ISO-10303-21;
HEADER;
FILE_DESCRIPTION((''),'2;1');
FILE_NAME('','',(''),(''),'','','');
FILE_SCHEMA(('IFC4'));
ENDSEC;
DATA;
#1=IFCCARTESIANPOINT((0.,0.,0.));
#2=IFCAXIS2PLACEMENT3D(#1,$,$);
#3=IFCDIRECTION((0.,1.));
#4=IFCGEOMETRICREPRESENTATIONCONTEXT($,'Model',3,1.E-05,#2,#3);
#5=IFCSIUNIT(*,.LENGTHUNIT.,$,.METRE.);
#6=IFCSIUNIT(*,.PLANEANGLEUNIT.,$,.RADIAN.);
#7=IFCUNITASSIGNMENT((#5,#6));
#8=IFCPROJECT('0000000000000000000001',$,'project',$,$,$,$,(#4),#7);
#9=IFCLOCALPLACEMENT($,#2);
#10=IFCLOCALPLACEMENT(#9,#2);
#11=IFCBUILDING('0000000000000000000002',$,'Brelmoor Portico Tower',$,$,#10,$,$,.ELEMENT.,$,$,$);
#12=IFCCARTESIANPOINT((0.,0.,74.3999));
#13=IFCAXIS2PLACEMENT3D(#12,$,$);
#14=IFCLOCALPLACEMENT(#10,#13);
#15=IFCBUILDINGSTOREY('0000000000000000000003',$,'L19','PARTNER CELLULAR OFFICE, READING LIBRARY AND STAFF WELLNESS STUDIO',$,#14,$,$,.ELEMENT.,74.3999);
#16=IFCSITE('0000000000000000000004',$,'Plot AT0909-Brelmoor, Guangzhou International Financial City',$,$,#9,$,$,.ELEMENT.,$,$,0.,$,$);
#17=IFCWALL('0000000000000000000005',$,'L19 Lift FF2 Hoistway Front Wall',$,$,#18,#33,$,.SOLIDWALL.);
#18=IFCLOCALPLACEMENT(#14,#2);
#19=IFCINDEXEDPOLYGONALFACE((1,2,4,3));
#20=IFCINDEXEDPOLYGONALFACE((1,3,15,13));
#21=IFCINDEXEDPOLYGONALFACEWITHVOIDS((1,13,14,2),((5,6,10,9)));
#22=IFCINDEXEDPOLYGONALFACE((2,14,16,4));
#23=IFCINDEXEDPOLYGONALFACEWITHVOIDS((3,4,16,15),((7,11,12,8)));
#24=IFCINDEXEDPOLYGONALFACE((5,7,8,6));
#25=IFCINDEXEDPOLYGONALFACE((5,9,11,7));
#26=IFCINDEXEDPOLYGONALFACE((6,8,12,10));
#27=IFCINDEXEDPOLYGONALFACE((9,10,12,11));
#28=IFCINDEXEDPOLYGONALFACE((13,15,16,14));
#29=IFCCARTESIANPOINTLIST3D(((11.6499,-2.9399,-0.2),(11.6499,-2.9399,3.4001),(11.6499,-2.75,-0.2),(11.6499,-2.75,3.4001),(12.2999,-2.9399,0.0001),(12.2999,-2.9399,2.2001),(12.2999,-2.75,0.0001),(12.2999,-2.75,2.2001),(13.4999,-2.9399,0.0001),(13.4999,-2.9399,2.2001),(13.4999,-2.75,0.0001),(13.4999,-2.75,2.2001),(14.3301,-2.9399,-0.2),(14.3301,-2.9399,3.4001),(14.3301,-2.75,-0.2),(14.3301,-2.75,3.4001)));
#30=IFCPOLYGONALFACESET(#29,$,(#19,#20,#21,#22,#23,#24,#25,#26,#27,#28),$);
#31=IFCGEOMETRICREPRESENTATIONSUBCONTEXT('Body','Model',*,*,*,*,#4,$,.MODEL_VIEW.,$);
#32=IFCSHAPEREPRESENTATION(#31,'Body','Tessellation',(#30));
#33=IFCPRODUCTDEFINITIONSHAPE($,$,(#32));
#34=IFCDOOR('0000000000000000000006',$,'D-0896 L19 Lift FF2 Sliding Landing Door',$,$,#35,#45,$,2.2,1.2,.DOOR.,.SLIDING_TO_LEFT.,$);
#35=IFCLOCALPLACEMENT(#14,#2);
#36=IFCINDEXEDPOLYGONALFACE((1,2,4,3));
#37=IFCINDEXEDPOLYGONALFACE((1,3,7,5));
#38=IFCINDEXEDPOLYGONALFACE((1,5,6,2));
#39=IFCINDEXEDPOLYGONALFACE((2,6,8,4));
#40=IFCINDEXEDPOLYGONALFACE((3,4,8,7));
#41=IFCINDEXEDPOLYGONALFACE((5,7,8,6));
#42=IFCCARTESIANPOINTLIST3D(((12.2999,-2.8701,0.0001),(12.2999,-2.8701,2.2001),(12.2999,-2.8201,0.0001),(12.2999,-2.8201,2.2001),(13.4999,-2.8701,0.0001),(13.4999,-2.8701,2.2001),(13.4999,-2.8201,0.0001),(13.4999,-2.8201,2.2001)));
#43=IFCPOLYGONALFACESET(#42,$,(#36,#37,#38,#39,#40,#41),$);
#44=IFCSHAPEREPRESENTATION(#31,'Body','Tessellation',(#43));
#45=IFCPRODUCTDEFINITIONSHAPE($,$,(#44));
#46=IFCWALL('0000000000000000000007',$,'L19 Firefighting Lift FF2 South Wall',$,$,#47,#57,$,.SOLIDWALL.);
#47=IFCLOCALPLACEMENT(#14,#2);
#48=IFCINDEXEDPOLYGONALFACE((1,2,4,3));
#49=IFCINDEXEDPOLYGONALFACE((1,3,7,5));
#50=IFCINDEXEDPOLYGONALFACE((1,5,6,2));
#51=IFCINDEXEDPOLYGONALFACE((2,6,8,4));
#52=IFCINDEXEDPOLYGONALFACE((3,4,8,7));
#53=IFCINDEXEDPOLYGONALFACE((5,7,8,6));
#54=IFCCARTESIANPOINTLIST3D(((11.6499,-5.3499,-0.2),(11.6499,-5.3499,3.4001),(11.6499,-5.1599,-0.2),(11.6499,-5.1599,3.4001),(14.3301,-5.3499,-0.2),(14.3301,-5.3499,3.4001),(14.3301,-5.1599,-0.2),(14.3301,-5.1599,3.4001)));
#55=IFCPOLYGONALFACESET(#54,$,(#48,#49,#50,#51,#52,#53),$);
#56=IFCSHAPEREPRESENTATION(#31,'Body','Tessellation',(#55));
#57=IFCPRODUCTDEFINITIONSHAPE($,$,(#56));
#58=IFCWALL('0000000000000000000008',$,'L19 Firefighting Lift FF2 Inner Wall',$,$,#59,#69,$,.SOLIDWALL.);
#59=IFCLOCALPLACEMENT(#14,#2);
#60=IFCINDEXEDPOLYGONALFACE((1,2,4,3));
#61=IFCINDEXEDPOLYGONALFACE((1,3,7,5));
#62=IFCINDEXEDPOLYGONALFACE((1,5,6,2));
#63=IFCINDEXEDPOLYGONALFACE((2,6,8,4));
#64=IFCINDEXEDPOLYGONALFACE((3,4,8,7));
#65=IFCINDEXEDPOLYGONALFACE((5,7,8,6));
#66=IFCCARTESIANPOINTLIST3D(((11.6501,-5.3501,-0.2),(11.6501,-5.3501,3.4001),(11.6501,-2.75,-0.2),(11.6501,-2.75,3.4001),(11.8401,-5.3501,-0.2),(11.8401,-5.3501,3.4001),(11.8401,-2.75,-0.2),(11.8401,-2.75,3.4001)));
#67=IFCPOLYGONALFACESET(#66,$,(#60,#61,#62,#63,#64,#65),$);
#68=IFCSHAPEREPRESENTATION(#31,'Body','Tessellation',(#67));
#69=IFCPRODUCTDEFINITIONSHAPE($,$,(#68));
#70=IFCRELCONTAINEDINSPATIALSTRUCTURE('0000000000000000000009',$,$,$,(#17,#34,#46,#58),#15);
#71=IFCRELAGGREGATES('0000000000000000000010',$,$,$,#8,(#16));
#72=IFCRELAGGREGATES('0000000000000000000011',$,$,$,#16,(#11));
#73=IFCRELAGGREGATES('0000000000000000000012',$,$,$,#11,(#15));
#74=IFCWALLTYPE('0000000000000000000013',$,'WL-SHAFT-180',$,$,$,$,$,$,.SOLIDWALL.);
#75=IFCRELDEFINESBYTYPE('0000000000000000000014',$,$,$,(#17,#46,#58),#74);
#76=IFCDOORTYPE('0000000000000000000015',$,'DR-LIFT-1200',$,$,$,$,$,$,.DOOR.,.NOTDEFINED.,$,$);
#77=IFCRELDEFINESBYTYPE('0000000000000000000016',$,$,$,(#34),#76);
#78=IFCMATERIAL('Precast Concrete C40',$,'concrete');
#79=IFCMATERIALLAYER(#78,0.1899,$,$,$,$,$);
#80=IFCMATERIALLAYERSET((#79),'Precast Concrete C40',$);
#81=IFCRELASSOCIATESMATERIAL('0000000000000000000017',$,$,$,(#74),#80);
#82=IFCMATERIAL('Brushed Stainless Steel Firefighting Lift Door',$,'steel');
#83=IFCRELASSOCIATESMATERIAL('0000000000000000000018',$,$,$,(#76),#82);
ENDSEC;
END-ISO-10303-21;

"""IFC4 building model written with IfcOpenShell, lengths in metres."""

from ifc_helpers import new_model, si_unit, direction, frame, frame_2d, origin, place, context, subcontext, project, spatial, rectangle, extrude, material, layer, layer_set, type_object, element, fill, save


model = new_model("IFC4")

# Units and contexts
model_context = context("Model", 3, precision=1e-05, world=origin(), true_north=direction((0.0, 1.0)))
body_context = subcontext(model_context, "Body", "Model", "MODEL_VIEW")
ifc_project = project(units=[si_unit("LENGTHUNIT", "METRE"), si_unit("PLANEANGLEUNIT", "RADIAN")], contexts=[model_context])

# Site, building, storey
site_placement = place(None, origin())
site = spatial("IfcSite", under=ifc_project, at=site_placement, Name="Plot AT0909-Brelmoor, Guangzhou International Financial City", CompositionType="ELEMENT", RefElevation=0.0)
building_placement = place(site_placement, origin())
building = spatial("IfcBuilding", under=site, at=building_placement, Name="Brelmoor Portico Tower", CompositionType="ELEMENT")
storey_placement = place(building_placement, frame((0.0, 0.0, 74.3999)))
storey = spatial("IfcBuildingStorey", under=building, at=storey_placement, Name="L19", Description="PARTNER CELLULAR OFFICE, READING LIBRARY AND STAFF WELLNESS STUDIO", CompositionType="ELEMENT", Elevation=74.3999)

# Wall, opening, door
ifc_material_1 = material(Name="Precast Concrete C40", Category="concrete")
ifc_layer_1 = layer(ifc_material_1, 0.1899)
ifc_layer_set_1 = layer_set([ifc_layer_1], Name="Precast Concrete C40")
wall_type_1 = type_object("IfcWallType", Name="WL-SHAFT-180", PredefinedType="SOLIDWALL", material=ifc_layer_set_1)
wall_1_placement = place(storey_placement, frame((11.6499, -2.845, -0.2), z_axis=(0.0, 0.0, 1.0), x_axis=(1.0, 0.0, 0.0)))
wall_1 = element("IfcWall", 1, at=wall_1_placement, inside=storey, type_object=wall_type_1, Name="L19 Lift FF2 Hoistway Front Wall", PredefinedType="SOLIDWALL", context=body_context, shape_type="SweptSolid", body=[
    extrude(rectangle(XDim=2.6802, YDim=0.1899, at=frame_2d((1.3401, 0.0))), origin(), (0.0, 0.0, 1.0), 3.6001),
])
opening_1_placement = place(wall_1_placement, frame((0.6499, 0.0, 0.2)))
opening_1 = element("IfcOpeningElement", 2, at=opening_1_placement, cuts=wall_1, PredefinedType="OPENING", context=body_context, shape_type="SweptSolid", body=[
    extrude(rectangle(XDim=1.2, YDim=2.2, at=frame_2d((0.6001, 1.1001))), frame((0.0, 0.105, 0.0), z_axis=(0.0, -1.0, 0.0), x_axis=(1.0, 0.0, 0.0)), (0.0, 0.0, 1.0), 0.21),
])
ifc_material_2 = material(Name="Brushed Stainless Steel Firefighting Lift Door", Category="steel")
door_type_1 = type_object("IfcDoorType", Name="DR-LIFT-1200", OperationType="NOTDEFINED", PredefinedType="DOOR", material=ifc_material_2)
door_1_placement = place(opening_1_placement, origin())
door_1 = element("IfcDoor", 3, at=door_1_placement, inside=storey, type_object=door_type_1, Name="D-0896 L19 Lift FF2 Sliding Landing Door", OperationType="SLIDING_TO_LEFT", OverallHeight=2.2, OverallWidth=1.2, PredefinedType="DOOR", context=body_context, shape_type="SweptSolid", body=[
    extrude(rectangle(XDim=1.2, YDim=2.2, at=frame_2d((0.6001, 1.1001))), frame((0.0, 0.0249, 0.0), z_axis=(0.0, -1.0, 0.0), x_axis=(1.0, 0.0, 0.0)), (0.0, 0.0, 1.0), 0.05),
])
fill(opening_1, door_1)

# Walls
wall_2_placement = place(storey_placement, frame((11.6499, -5.2549, -0.2), z_axis=(0.0, 0.0, 1.0), x_axis=(1.0, 0.0, 0.0)))
element("IfcWall", 4, at=wall_2_placement, inside=storey, type_object=wall_type_1, Name="L19 Firefighting Lift FF2 South Wall", PredefinedType="SOLIDWALL", context=body_context, shape_type="SweptSolid", body=[
    extrude(rectangle(XDim=2.6802, YDim=0.1899, at=frame_2d((1.3401, 0.0))), origin(), (0.0, 0.0, 1.0), 3.6001),
])
wall_3_placement = place(storey_placement, frame((11.7451, -5.3501, -0.2), z_axis=(0.0, 0.0, 1.0), x_axis=(0.0, 1.0, 0.0)))
element("IfcWall", 5, at=wall_3_placement, inside=storey, type_object=wall_type_1, Name="L19 Firefighting Lift FF2 Inner Wall", PredefinedType="SOLIDWALL", context=body_context, shape_type="SweptSolid", body=[
    extrude(rectangle(XDim=2.6001, YDim=0.1899, at=frame_2d((1.3, 0.0))), origin(), (0.0, 0.0, 1.0), 3.6001),
])

save(model, "model.ifc")
